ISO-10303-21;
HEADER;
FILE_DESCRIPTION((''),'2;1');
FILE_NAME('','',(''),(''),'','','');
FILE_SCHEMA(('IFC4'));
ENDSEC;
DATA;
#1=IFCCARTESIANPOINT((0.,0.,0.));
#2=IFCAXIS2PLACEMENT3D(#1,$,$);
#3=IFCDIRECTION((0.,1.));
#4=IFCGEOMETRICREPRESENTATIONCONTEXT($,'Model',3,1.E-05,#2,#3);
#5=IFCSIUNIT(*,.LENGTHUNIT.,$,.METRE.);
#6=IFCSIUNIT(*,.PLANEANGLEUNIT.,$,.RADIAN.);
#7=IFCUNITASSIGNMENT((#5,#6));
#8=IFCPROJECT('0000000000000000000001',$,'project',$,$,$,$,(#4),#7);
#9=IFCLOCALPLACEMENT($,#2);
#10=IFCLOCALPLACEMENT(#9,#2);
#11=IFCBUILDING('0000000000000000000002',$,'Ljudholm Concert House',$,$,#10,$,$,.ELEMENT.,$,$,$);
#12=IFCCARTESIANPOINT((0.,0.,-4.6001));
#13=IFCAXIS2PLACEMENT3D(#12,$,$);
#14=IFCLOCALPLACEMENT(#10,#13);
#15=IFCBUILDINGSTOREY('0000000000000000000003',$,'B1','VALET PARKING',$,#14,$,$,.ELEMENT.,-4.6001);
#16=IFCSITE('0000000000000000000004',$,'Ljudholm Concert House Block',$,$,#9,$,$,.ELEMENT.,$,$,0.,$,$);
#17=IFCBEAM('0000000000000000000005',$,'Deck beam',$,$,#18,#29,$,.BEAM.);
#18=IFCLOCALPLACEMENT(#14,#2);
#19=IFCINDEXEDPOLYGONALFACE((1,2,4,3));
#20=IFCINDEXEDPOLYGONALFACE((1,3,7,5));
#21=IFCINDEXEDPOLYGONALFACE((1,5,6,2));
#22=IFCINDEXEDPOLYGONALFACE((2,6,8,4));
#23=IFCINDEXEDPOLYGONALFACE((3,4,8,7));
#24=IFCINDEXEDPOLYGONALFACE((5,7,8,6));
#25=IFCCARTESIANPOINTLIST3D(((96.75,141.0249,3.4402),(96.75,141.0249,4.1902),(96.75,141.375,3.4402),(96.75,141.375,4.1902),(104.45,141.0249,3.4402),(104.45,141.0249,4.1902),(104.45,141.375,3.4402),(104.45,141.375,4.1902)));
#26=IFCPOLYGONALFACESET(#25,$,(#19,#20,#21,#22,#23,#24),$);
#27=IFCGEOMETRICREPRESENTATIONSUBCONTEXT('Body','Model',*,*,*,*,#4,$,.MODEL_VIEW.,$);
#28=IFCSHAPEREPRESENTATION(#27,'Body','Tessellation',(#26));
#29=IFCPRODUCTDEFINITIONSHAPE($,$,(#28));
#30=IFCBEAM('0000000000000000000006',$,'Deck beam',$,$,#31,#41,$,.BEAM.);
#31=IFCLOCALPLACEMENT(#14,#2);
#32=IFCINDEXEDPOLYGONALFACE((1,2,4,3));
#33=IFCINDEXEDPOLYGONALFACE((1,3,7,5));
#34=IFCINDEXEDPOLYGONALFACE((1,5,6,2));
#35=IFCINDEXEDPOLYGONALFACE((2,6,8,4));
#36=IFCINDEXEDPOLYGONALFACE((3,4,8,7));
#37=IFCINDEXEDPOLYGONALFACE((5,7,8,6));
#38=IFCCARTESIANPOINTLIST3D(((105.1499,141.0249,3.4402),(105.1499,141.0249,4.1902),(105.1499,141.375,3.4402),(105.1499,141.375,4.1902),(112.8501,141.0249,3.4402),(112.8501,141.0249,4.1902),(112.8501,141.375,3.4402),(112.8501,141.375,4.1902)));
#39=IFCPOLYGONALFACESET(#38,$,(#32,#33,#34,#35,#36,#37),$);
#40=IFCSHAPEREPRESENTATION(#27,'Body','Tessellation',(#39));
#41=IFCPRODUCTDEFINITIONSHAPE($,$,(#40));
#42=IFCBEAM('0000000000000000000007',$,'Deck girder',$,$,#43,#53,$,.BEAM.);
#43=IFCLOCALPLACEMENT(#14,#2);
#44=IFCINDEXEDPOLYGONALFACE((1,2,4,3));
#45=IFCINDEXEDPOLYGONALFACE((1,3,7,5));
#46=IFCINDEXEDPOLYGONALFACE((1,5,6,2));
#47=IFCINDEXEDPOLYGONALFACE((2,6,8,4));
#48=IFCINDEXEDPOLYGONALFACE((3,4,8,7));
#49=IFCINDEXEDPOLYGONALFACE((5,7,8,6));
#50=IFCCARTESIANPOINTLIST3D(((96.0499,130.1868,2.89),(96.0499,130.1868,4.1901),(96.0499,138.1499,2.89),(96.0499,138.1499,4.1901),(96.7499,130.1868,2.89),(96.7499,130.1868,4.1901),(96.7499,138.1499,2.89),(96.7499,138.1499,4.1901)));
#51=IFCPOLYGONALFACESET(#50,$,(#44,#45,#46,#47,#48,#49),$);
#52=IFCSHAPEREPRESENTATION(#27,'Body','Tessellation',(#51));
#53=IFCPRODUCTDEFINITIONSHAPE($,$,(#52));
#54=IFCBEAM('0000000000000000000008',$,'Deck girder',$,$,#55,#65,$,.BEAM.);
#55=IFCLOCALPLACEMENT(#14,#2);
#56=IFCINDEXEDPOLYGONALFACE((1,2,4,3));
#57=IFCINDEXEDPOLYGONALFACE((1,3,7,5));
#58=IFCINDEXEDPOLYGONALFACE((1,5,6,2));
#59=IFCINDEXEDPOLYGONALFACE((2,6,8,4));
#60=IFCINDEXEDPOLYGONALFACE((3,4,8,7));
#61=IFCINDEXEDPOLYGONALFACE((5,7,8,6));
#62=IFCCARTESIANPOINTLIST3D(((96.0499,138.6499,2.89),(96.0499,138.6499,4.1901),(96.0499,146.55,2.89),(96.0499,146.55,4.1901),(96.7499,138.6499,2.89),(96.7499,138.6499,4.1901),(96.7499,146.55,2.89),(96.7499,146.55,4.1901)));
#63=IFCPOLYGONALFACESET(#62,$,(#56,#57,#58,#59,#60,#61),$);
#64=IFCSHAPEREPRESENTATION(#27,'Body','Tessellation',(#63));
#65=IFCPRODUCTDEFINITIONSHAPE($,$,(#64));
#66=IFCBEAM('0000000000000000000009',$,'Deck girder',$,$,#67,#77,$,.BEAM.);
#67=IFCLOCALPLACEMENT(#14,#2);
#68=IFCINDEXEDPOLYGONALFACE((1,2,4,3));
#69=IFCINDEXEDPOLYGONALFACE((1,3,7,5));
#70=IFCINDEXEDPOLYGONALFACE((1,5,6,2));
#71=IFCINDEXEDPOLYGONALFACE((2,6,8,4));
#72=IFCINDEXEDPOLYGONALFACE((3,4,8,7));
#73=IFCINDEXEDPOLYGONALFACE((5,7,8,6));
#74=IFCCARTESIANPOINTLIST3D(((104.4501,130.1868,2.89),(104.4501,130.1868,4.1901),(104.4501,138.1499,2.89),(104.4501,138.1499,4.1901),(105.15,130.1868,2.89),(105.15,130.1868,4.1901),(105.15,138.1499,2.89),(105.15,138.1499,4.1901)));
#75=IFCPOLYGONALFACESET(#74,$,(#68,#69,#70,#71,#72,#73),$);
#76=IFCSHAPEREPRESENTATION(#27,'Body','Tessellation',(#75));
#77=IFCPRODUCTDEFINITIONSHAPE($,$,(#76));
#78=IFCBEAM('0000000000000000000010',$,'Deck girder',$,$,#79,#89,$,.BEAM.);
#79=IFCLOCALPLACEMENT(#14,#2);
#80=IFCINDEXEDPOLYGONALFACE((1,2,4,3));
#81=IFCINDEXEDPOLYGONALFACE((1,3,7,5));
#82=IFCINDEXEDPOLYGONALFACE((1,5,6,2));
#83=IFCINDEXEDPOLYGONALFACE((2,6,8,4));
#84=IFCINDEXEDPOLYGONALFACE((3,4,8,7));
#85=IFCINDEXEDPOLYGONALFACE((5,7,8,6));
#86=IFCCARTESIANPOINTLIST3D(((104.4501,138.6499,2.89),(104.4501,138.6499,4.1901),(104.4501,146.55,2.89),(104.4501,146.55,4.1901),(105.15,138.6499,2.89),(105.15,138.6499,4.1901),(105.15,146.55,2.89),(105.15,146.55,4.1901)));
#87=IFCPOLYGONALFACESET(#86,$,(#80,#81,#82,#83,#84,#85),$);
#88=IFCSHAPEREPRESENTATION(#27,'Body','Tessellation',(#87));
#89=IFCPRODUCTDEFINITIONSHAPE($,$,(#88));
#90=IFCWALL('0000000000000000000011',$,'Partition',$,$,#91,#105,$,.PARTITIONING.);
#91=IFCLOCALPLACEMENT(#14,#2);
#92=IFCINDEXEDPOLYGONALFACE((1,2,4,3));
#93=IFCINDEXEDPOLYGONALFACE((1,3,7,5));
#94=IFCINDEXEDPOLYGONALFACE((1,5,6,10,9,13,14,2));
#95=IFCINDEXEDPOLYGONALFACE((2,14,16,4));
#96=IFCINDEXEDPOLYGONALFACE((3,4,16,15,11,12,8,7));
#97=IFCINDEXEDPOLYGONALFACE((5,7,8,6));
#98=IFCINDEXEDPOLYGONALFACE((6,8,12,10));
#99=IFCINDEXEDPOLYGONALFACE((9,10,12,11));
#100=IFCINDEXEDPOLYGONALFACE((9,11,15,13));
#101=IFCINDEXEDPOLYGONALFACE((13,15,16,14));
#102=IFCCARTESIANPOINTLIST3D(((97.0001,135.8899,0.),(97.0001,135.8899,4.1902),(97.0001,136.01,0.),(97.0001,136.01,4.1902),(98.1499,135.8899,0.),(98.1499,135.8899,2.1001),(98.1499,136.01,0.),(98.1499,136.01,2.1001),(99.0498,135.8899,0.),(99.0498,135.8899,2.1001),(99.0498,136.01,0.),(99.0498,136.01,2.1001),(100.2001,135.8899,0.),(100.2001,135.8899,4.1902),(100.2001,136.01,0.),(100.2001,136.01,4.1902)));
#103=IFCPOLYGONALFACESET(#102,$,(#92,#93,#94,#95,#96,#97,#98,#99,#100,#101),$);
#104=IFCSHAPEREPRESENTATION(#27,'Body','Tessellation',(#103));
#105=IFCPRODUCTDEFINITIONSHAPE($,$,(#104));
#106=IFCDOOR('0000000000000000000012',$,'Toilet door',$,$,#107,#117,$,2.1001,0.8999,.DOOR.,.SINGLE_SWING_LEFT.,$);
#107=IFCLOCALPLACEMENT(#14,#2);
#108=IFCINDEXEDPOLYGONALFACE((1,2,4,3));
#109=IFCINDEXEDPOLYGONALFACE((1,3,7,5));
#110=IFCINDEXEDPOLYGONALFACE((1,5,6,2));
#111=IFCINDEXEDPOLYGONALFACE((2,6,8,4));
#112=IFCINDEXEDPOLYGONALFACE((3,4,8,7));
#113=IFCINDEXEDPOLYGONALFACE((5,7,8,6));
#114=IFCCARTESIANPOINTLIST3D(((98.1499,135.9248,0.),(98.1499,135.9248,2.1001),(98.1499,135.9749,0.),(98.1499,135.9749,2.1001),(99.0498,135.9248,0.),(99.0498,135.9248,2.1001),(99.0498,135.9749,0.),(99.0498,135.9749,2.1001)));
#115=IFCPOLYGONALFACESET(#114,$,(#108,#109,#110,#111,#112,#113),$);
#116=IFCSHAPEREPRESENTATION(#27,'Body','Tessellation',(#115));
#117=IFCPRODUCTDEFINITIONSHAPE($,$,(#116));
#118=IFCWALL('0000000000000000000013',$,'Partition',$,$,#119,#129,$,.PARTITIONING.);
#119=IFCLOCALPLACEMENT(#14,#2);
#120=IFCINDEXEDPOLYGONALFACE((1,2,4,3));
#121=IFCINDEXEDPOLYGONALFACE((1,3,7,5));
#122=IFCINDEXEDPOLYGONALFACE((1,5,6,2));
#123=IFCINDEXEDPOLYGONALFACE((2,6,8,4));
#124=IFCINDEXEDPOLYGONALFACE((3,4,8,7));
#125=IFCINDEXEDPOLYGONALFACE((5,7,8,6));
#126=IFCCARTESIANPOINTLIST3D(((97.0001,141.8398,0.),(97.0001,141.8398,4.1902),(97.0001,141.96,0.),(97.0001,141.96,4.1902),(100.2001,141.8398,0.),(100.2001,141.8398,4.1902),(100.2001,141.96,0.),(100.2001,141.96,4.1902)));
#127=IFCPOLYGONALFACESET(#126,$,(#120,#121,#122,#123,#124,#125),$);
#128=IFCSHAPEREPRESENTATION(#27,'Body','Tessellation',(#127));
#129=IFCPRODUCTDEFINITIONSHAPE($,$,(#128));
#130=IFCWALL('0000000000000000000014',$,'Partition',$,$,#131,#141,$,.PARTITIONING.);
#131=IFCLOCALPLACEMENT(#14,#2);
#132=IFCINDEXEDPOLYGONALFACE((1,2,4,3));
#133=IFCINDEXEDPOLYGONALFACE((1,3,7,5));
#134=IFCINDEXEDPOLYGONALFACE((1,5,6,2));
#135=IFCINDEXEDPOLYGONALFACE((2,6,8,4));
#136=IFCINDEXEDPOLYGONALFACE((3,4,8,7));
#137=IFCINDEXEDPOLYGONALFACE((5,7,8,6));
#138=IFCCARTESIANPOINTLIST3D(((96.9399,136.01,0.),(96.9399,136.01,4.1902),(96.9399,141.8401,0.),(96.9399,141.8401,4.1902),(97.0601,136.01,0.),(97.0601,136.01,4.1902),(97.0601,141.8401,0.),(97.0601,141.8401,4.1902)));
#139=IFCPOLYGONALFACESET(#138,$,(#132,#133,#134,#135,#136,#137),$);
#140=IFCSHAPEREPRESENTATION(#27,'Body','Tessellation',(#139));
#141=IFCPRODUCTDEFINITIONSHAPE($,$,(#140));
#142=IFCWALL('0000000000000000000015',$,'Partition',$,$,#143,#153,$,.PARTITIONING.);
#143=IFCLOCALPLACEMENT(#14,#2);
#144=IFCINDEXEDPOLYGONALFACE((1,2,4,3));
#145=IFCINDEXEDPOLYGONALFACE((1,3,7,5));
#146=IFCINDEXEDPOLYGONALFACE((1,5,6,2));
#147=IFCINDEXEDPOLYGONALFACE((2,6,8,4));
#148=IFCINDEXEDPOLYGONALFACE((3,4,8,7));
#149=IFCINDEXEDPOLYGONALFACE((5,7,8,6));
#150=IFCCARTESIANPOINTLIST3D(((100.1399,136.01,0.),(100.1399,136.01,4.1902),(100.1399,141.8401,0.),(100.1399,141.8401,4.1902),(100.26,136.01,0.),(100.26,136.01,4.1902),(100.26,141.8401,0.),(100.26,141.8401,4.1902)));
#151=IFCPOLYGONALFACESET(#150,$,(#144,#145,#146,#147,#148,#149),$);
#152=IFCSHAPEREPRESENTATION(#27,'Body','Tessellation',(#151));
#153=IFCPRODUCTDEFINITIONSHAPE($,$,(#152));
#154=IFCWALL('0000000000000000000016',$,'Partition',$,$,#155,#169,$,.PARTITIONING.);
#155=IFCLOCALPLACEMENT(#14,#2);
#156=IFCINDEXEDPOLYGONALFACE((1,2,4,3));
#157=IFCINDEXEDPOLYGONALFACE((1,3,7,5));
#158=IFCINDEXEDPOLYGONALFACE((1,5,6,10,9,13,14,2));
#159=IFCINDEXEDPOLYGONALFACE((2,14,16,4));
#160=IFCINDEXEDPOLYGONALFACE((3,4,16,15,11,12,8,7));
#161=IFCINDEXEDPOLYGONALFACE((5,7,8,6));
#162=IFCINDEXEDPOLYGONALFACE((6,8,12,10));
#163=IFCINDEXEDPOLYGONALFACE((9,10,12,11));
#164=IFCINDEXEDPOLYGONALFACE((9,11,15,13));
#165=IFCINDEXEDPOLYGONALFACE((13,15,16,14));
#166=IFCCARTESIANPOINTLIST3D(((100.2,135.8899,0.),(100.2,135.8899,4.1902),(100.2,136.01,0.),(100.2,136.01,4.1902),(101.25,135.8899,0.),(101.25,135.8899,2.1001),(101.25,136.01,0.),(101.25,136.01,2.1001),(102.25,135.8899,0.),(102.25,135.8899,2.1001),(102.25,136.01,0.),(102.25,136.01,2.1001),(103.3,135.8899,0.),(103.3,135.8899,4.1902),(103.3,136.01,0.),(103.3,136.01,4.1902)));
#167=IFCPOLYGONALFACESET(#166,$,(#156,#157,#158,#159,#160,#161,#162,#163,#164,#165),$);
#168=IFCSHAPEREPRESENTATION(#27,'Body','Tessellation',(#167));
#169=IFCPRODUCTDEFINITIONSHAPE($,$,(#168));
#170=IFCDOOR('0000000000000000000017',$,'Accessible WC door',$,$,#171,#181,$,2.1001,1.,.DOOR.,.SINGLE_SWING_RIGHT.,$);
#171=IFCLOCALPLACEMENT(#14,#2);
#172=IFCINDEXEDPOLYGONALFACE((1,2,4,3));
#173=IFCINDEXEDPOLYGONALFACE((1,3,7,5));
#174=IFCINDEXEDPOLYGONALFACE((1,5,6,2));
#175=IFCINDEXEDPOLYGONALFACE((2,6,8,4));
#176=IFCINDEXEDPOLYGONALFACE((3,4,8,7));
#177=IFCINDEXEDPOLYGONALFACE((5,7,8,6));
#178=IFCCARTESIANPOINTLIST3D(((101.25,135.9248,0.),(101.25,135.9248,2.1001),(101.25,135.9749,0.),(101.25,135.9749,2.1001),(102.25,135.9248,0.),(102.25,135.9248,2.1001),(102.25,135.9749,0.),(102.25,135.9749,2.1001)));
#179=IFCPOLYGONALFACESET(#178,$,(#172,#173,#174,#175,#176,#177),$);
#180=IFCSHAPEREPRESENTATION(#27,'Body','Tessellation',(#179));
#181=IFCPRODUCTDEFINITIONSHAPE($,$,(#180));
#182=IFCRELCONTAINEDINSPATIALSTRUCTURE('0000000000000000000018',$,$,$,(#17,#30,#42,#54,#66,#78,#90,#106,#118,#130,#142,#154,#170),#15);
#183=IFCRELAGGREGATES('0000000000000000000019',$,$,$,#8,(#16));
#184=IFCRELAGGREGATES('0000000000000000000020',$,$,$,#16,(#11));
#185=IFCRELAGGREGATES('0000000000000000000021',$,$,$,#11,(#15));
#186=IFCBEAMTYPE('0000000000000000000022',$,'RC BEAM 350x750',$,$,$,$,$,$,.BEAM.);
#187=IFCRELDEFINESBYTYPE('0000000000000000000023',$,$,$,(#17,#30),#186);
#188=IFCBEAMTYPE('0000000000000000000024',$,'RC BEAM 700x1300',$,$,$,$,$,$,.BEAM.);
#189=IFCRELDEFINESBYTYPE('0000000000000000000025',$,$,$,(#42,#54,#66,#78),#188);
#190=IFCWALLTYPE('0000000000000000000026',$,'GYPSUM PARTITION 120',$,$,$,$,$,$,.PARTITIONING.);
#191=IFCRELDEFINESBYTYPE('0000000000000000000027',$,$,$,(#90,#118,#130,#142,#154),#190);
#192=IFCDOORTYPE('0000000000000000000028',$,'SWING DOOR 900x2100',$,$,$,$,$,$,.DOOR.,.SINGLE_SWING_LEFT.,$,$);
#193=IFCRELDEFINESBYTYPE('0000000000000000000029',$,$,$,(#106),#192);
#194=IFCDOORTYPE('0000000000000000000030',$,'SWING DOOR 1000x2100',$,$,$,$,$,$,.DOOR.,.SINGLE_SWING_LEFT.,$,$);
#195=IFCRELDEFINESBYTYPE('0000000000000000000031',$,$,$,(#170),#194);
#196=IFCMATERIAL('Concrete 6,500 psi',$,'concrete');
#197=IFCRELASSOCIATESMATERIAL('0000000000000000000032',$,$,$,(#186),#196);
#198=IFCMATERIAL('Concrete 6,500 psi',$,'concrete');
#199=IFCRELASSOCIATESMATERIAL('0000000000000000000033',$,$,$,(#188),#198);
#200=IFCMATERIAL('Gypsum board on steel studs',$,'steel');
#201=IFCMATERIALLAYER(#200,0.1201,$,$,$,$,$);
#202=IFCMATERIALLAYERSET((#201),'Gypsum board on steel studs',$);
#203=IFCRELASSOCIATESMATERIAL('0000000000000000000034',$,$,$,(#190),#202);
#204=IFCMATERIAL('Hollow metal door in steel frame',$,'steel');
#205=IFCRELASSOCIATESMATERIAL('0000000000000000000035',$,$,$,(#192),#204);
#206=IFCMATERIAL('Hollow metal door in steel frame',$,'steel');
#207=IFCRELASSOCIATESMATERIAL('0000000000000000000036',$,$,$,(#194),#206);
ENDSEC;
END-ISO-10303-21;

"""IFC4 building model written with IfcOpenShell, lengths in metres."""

from ifc_helpers import new_model, si_unit, direction, frame, frame_2d, origin, origin_2d, place, context, subcontext, project, spatial, rectangle, extrude, material, layer, layer_set, material_profile, profile_set, type_object, element, fill, save


model = new_model("IFC4")

# Units and contexts
model_context = context("Model", 3, precision=1e-05, world=origin(), true_north=direction((0.0, 1.0)))
body_context = subcontext(model_context, "Body", "Model", "MODEL_VIEW")
ifc_project = project(units=[si_unit("LENGTHUNIT", "METRE"), si_unit("PLANEANGLEUNIT", "RADIAN")], contexts=[model_context])

# Site, building, storey
site_placement = place(None, origin())
site = spatial("IfcSite", under=ifc_project, at=site_placement, Name="Ljudholm Concert House Block", CompositionType="ELEMENT", RefElevation=0.0)
building_placement = place(site_placement, origin())
building = spatial("IfcBuilding", under=site, at=building_placement, Name="Ljudholm Concert House", CompositionType="ELEMENT")
storey_placement = place(building_placement, frame((0.0, 0.0, -4.6001)))
storey = spatial("IfcBuildingStorey", under=building, at=storey_placement, Name="B1", Description="VALET PARKING", CompositionType="ELEMENT", Elevation=-4.6001)

# Beams
ifc_material_1 = material(Name="Concrete 6,500 psi", Category="concrete")
ifc_material_profile_1 = material_profile(ifc_material_1, rectangle(XDim=0.3501, YDim=0.75, at=origin_2d()), Name="RC BEAM 350x750")
ifc_profile_set_1 = profile_set([ifc_material_profile_1], Name="Concrete 6,500 psi")
beam_type_1 = type_object("IfcBeamType", Name="RC BEAM 350x750", PredefinedType="BEAM", material=ifc_profile_set_1)
beam_1_placement = place(storey_placement, frame((96.75, 141.2, 3.8152), z_axis=(1.0, 0.0, 0.0), x_axis=(0.0, 1.0, 0.0)))
element("IfcBeam", 1, at=beam_1_placement, inside=storey, type_object=beam_type_1, Name="Deck beam", PredefinedType="BEAM", context=body_context, shape_type="SweptSolid", body=[
    extrude(rectangle(XDim=0.3501, YDim=0.75, at=origin_2d()), origin(), (0.0, 0.0, 1.0), 7.7),
])
beam_2_placement = place(storey_placement, frame((105.1499, 141.2, 3.8152), z_axis=(1.0, 0.0, 0.0), x_axis=(0.0, 1.0, 0.0)))
element("IfcBeam", 2, at=beam_2_placement, inside=storey, type_object=beam_type_1, Name="Deck beam", PredefinedType="BEAM", context=body_context, shape_type="SweptSolid", body=[
    extrude(rectangle(XDim=0.3501, YDim=0.75, at=origin_2d()), origin(), (0.0, 0.0, 1.0), 7.7002),
])
ifc_material_2 = material(Name="Concrete 6,500 psi", Category="concrete")
ifc_material_profile_2 = material_profile(ifc_material_2, rectangle(XDim=0.7, YDim=1.3, at=origin_2d()), Name="RC BEAM 700x1300")
ifc_profile_set_2 = profile_set([ifc_material_profile_2], Name="Concrete 6,500 psi")
beam_type_2 = type_object("IfcBeamType", Name="RC BEAM 700x1300", PredefinedType="BEAM", material=ifc_profile_set_2)
beam_3_placement = place(storey_placement, frame((96.3999, 130.1868, 3.54), z_axis=(0.0, 1.0, 0.0), x_axis=(-1.0, 0.0, 0.0)))
element("IfcBeam", 3, at=beam_3_placement, inside=storey, type_object=beam_type_2, Name="Deck girder", PredefinedType="BEAM", context=body_context, shape_type="SweptSolid", body=[
    extrude(rectangle(XDim=0.7, YDim=1.3, at=origin_2d()), origin(), (0.0, 0.0, 1.0), 7.9631),
])
beam_4_placement = place(storey_placement, frame((96.3999, 138.6499, 3.54), z_axis=(0.0, 1.0, 0.0), x_axis=(-1.0, 0.0, 0.0)))
element("IfcBeam", 4, at=beam_4_placement, inside=storey, type_object=beam_type_2, Name="Deck girder", PredefinedType="BEAM", context=body_context, shape_type="SweptSolid", body=[
    extrude(rectangle(XDim=0.7, YDim=1.3, at=origin_2d()), origin(), (0.0, 0.0, 1.0), 7.9001),
])
beam_5_placement = place(storey_placement, frame((104.8, 130.1868, 3.54), z_axis=(0.0, 1.0, 0.0), x_axis=(-1.0, 0.0, 0.0)))
element("IfcBeam", 5, at=beam_5_placement, inside=storey, type_object=beam_type_2, Name="Deck girder", PredefinedType="BEAM", context=body_context, shape_type="SweptSolid", body=[
    extrude(rectangle(XDim=0.7, YDim=1.3, at=origin_2d()), origin(), (0.0, 0.0, 1.0), 7.9631),
])
beam_6_placement = place(storey_placement, frame((104.8, 138.6499, 3.54), z_axis=(0.0, 1.0, 0.0), x_axis=(-1.0, 0.0, 0.0)))
element("IfcBeam", 6, at=beam_6_placement, inside=storey, type_object=beam_type_2, Name="Deck girder", PredefinedType="BEAM", context=body_context, shape_type="SweptSolid", body=[
    extrude(rectangle(XDim=0.7, YDim=1.3, at=origin_2d()), origin(), (0.0, 0.0, 1.0), 7.9001),
])

# Wall, opening, door
ifc_material_3 = material(Name="Gypsum board on steel studs", Category="steel")
ifc_layer_1 = layer(ifc_material_3, 0.1201)
ifc_layer_set_1 = layer_set([ifc_layer_1], Name="Gypsum board on steel studs")
wall_type_1 = type_object("IfcWallType", Name="GYPSUM PARTITION 120", PredefinedType="PARTITIONING", material=ifc_layer_set_1)
wall_1_placement = place(storey_placement, frame((97.0, 135.95, 0.0), z_axis=(0.0, 0.0, 1.0), x_axis=(1.0, 0.0, 0.0)))
wall_1 = element("IfcWall", 7, at=wall_1_placement, inside=storey, type_object=wall_type_1, Name="Partition", PredefinedType="PARTITIONING", context=body_context, shape_type="SweptSolid", body=[
    extrude(rectangle(XDim=3.2, YDim=0.1201, at=frame_2d((1.6001, 0.0))), origin(), (0.0, 0.0, 1.0), 4.1902),
])
opening_1_placement = place(wall_1_placement, frame((1.1499, 0.0, 0.0)))
opening_1 = element("IfcOpeningElement", 8, at=opening_1_placement, cuts=wall_1, PredefinedType="OPENING", context=body_context, shape_type="SweptSolid", body=[
    extrude(rectangle(XDim=0.8999, YDim=2.1001, at=frame_2d((0.45, 1.05))), frame((0.0, 0.0701, 0.0), z_axis=(0.0, -1.0, 0.0), x_axis=(1.0, 0.0, 0.0)), (0.0, 0.0, 1.0), 0.1401),
])
ifc_material_4 = material(Name="Hollow metal door in steel frame", Category="steel")
door_type_1 = type_object("IfcDoorType", Name="SWING DOOR 900x2100", OperationType="SINGLE_SWING_LEFT", PredefinedType="DOOR", material=ifc_material_4)
door_1_placement = place(opening_1_placement, origin())
door_1 = element("IfcDoor", 9, at=door_1_placement, inside=storey, type_object=door_type_1, Name="Toilet door", OperationType="SINGLE_SWING_LEFT", OverallHeight=2.1001, OverallWidth=0.8999, PredefinedType="DOOR", context=body_context, shape_type="SweptSolid", body=[
    extrude(rectangle(XDim=0.8999, YDim=2.1001, at=frame_2d((0.45, 1.05))), frame((0.0, 0.0249, 0.0), z_axis=(0.0, -1.0, 0.0), x_axis=(1.0, 0.0, 0.0)), (0.0, 0.0, 1.0), 0.05),
])
fill(opening_1, door_1)

# Walls
wall_2_placement = place(storey_placement, frame((97.0, 141.8999, 0.0), z_axis=(0.0, 0.0, 1.0), x_axis=(1.0, 0.0, 0.0)))
element("IfcWall", 10, at=wall_2_placement, inside=storey, type_object=wall_type_1, Name="Partition", PredefinedType="PARTITIONING", context=body_context, shape_type="SweptSolid", body=[
    extrude(rectangle(XDim=3.2, YDim=0.1201, at=frame_2d((1.6001, 0.0))), origin(), (0.0, 0.0, 1.0), 4.1902),
])
for number, where, z_axis, x_axis, name in (
    (11, (97.0, 136.01, 0.0), (0.0, 0.0, 1.0), (0.0, 1.0, 0.0), "Partition"),
    (12, (100.2, 136.01, 0.0), (0.0, 0.0, 1.0), (0.0, 1.0, 0.0), "Partition"),
):
    element("IfcWall", number, at=place(storey_placement, frame(where, z_axis=z_axis, x_axis=x_axis)), inside=storey, type_object=wall_type_1, Name=name, PredefinedType="PARTITIONING", context=body_context, shape_type="SweptSolid", body=[
        extrude(rectangle(XDim=5.8301, YDim=0.1201, at=frame_2d((2.915, 0.0))), origin(), (0.0, 0.0, 1.0), 4.1902),
    ])

# Wall, opening, door
wall_3_placement = place(storey_placement, frame((100.2, 135.95, 0.0), z_axis=(0.0, 0.0, 1.0), x_axis=(1.0, 0.0, 0.0)))
wall_3 = element("IfcWall", 13, at=wall_3_placement, inside=storey, type_object=wall_type_1, Name="Partition", PredefinedType="PARTITIONING", context=body_context, shape_type="SweptSolid", body=[
    extrude(rectangle(XDim=3.1001, YDim=0.1201, at=frame_2d((1.55, 0.0))), origin(), (0.0, 0.0, 1.0), 4.1902),
])
opening_2_placement = place(wall_3_placement, frame((1.05, 0.0, 0.0)))
opening_2 = element("IfcOpeningElement", 14, at=opening_2_placement, cuts=wall_3, PredefinedType="OPENING", context=body_context, shape_type="SweptSolid", body=[
    extrude(rectangle(XDim=1.0, YDim=2.1001, at=frame_2d((0.5, 1.05))), frame((0.0, 0.0701, 0.0), z_axis=(0.0, -1.0, 0.0), x_axis=(1.0, 0.0, 0.0)), (0.0, 0.0, 1.0), 0.1401),
])
ifc_material_5 = material(Name="Hollow metal door in steel frame", Category="steel")
door_type_2 = type_object("IfcDoorType", Name="SWING DOOR 1000x2100", OperationType="SINGLE_SWING_LEFT", PredefinedType="DOOR", material=ifc_material_5)
door_2_placement = place(opening_2_placement, origin())
door_2 = element("IfcDoor", 15, at=door_2_placement, inside=storey, type_object=door_type_2, Name="Accessible WC door", OperationType="SINGLE_SWING_RIGHT", OverallHeight=2.1001, OverallWidth=1.0, PredefinedType="DOOR", context=body_context, shape_type="SweptSolid", body=[
    extrude(rectangle(XDim=1.0, YDim=2.1001, at=frame_2d((0.5, 1.05))), frame((0.0, 0.0249, 0.0), z_axis=(0.0, -1.0, 0.0), x_axis=(1.0, 0.0, 0.0)), (0.0, 0.0, 1.0), 0.05),
])
fill(opening_2, door_2)

save(model, "model.ifc")
